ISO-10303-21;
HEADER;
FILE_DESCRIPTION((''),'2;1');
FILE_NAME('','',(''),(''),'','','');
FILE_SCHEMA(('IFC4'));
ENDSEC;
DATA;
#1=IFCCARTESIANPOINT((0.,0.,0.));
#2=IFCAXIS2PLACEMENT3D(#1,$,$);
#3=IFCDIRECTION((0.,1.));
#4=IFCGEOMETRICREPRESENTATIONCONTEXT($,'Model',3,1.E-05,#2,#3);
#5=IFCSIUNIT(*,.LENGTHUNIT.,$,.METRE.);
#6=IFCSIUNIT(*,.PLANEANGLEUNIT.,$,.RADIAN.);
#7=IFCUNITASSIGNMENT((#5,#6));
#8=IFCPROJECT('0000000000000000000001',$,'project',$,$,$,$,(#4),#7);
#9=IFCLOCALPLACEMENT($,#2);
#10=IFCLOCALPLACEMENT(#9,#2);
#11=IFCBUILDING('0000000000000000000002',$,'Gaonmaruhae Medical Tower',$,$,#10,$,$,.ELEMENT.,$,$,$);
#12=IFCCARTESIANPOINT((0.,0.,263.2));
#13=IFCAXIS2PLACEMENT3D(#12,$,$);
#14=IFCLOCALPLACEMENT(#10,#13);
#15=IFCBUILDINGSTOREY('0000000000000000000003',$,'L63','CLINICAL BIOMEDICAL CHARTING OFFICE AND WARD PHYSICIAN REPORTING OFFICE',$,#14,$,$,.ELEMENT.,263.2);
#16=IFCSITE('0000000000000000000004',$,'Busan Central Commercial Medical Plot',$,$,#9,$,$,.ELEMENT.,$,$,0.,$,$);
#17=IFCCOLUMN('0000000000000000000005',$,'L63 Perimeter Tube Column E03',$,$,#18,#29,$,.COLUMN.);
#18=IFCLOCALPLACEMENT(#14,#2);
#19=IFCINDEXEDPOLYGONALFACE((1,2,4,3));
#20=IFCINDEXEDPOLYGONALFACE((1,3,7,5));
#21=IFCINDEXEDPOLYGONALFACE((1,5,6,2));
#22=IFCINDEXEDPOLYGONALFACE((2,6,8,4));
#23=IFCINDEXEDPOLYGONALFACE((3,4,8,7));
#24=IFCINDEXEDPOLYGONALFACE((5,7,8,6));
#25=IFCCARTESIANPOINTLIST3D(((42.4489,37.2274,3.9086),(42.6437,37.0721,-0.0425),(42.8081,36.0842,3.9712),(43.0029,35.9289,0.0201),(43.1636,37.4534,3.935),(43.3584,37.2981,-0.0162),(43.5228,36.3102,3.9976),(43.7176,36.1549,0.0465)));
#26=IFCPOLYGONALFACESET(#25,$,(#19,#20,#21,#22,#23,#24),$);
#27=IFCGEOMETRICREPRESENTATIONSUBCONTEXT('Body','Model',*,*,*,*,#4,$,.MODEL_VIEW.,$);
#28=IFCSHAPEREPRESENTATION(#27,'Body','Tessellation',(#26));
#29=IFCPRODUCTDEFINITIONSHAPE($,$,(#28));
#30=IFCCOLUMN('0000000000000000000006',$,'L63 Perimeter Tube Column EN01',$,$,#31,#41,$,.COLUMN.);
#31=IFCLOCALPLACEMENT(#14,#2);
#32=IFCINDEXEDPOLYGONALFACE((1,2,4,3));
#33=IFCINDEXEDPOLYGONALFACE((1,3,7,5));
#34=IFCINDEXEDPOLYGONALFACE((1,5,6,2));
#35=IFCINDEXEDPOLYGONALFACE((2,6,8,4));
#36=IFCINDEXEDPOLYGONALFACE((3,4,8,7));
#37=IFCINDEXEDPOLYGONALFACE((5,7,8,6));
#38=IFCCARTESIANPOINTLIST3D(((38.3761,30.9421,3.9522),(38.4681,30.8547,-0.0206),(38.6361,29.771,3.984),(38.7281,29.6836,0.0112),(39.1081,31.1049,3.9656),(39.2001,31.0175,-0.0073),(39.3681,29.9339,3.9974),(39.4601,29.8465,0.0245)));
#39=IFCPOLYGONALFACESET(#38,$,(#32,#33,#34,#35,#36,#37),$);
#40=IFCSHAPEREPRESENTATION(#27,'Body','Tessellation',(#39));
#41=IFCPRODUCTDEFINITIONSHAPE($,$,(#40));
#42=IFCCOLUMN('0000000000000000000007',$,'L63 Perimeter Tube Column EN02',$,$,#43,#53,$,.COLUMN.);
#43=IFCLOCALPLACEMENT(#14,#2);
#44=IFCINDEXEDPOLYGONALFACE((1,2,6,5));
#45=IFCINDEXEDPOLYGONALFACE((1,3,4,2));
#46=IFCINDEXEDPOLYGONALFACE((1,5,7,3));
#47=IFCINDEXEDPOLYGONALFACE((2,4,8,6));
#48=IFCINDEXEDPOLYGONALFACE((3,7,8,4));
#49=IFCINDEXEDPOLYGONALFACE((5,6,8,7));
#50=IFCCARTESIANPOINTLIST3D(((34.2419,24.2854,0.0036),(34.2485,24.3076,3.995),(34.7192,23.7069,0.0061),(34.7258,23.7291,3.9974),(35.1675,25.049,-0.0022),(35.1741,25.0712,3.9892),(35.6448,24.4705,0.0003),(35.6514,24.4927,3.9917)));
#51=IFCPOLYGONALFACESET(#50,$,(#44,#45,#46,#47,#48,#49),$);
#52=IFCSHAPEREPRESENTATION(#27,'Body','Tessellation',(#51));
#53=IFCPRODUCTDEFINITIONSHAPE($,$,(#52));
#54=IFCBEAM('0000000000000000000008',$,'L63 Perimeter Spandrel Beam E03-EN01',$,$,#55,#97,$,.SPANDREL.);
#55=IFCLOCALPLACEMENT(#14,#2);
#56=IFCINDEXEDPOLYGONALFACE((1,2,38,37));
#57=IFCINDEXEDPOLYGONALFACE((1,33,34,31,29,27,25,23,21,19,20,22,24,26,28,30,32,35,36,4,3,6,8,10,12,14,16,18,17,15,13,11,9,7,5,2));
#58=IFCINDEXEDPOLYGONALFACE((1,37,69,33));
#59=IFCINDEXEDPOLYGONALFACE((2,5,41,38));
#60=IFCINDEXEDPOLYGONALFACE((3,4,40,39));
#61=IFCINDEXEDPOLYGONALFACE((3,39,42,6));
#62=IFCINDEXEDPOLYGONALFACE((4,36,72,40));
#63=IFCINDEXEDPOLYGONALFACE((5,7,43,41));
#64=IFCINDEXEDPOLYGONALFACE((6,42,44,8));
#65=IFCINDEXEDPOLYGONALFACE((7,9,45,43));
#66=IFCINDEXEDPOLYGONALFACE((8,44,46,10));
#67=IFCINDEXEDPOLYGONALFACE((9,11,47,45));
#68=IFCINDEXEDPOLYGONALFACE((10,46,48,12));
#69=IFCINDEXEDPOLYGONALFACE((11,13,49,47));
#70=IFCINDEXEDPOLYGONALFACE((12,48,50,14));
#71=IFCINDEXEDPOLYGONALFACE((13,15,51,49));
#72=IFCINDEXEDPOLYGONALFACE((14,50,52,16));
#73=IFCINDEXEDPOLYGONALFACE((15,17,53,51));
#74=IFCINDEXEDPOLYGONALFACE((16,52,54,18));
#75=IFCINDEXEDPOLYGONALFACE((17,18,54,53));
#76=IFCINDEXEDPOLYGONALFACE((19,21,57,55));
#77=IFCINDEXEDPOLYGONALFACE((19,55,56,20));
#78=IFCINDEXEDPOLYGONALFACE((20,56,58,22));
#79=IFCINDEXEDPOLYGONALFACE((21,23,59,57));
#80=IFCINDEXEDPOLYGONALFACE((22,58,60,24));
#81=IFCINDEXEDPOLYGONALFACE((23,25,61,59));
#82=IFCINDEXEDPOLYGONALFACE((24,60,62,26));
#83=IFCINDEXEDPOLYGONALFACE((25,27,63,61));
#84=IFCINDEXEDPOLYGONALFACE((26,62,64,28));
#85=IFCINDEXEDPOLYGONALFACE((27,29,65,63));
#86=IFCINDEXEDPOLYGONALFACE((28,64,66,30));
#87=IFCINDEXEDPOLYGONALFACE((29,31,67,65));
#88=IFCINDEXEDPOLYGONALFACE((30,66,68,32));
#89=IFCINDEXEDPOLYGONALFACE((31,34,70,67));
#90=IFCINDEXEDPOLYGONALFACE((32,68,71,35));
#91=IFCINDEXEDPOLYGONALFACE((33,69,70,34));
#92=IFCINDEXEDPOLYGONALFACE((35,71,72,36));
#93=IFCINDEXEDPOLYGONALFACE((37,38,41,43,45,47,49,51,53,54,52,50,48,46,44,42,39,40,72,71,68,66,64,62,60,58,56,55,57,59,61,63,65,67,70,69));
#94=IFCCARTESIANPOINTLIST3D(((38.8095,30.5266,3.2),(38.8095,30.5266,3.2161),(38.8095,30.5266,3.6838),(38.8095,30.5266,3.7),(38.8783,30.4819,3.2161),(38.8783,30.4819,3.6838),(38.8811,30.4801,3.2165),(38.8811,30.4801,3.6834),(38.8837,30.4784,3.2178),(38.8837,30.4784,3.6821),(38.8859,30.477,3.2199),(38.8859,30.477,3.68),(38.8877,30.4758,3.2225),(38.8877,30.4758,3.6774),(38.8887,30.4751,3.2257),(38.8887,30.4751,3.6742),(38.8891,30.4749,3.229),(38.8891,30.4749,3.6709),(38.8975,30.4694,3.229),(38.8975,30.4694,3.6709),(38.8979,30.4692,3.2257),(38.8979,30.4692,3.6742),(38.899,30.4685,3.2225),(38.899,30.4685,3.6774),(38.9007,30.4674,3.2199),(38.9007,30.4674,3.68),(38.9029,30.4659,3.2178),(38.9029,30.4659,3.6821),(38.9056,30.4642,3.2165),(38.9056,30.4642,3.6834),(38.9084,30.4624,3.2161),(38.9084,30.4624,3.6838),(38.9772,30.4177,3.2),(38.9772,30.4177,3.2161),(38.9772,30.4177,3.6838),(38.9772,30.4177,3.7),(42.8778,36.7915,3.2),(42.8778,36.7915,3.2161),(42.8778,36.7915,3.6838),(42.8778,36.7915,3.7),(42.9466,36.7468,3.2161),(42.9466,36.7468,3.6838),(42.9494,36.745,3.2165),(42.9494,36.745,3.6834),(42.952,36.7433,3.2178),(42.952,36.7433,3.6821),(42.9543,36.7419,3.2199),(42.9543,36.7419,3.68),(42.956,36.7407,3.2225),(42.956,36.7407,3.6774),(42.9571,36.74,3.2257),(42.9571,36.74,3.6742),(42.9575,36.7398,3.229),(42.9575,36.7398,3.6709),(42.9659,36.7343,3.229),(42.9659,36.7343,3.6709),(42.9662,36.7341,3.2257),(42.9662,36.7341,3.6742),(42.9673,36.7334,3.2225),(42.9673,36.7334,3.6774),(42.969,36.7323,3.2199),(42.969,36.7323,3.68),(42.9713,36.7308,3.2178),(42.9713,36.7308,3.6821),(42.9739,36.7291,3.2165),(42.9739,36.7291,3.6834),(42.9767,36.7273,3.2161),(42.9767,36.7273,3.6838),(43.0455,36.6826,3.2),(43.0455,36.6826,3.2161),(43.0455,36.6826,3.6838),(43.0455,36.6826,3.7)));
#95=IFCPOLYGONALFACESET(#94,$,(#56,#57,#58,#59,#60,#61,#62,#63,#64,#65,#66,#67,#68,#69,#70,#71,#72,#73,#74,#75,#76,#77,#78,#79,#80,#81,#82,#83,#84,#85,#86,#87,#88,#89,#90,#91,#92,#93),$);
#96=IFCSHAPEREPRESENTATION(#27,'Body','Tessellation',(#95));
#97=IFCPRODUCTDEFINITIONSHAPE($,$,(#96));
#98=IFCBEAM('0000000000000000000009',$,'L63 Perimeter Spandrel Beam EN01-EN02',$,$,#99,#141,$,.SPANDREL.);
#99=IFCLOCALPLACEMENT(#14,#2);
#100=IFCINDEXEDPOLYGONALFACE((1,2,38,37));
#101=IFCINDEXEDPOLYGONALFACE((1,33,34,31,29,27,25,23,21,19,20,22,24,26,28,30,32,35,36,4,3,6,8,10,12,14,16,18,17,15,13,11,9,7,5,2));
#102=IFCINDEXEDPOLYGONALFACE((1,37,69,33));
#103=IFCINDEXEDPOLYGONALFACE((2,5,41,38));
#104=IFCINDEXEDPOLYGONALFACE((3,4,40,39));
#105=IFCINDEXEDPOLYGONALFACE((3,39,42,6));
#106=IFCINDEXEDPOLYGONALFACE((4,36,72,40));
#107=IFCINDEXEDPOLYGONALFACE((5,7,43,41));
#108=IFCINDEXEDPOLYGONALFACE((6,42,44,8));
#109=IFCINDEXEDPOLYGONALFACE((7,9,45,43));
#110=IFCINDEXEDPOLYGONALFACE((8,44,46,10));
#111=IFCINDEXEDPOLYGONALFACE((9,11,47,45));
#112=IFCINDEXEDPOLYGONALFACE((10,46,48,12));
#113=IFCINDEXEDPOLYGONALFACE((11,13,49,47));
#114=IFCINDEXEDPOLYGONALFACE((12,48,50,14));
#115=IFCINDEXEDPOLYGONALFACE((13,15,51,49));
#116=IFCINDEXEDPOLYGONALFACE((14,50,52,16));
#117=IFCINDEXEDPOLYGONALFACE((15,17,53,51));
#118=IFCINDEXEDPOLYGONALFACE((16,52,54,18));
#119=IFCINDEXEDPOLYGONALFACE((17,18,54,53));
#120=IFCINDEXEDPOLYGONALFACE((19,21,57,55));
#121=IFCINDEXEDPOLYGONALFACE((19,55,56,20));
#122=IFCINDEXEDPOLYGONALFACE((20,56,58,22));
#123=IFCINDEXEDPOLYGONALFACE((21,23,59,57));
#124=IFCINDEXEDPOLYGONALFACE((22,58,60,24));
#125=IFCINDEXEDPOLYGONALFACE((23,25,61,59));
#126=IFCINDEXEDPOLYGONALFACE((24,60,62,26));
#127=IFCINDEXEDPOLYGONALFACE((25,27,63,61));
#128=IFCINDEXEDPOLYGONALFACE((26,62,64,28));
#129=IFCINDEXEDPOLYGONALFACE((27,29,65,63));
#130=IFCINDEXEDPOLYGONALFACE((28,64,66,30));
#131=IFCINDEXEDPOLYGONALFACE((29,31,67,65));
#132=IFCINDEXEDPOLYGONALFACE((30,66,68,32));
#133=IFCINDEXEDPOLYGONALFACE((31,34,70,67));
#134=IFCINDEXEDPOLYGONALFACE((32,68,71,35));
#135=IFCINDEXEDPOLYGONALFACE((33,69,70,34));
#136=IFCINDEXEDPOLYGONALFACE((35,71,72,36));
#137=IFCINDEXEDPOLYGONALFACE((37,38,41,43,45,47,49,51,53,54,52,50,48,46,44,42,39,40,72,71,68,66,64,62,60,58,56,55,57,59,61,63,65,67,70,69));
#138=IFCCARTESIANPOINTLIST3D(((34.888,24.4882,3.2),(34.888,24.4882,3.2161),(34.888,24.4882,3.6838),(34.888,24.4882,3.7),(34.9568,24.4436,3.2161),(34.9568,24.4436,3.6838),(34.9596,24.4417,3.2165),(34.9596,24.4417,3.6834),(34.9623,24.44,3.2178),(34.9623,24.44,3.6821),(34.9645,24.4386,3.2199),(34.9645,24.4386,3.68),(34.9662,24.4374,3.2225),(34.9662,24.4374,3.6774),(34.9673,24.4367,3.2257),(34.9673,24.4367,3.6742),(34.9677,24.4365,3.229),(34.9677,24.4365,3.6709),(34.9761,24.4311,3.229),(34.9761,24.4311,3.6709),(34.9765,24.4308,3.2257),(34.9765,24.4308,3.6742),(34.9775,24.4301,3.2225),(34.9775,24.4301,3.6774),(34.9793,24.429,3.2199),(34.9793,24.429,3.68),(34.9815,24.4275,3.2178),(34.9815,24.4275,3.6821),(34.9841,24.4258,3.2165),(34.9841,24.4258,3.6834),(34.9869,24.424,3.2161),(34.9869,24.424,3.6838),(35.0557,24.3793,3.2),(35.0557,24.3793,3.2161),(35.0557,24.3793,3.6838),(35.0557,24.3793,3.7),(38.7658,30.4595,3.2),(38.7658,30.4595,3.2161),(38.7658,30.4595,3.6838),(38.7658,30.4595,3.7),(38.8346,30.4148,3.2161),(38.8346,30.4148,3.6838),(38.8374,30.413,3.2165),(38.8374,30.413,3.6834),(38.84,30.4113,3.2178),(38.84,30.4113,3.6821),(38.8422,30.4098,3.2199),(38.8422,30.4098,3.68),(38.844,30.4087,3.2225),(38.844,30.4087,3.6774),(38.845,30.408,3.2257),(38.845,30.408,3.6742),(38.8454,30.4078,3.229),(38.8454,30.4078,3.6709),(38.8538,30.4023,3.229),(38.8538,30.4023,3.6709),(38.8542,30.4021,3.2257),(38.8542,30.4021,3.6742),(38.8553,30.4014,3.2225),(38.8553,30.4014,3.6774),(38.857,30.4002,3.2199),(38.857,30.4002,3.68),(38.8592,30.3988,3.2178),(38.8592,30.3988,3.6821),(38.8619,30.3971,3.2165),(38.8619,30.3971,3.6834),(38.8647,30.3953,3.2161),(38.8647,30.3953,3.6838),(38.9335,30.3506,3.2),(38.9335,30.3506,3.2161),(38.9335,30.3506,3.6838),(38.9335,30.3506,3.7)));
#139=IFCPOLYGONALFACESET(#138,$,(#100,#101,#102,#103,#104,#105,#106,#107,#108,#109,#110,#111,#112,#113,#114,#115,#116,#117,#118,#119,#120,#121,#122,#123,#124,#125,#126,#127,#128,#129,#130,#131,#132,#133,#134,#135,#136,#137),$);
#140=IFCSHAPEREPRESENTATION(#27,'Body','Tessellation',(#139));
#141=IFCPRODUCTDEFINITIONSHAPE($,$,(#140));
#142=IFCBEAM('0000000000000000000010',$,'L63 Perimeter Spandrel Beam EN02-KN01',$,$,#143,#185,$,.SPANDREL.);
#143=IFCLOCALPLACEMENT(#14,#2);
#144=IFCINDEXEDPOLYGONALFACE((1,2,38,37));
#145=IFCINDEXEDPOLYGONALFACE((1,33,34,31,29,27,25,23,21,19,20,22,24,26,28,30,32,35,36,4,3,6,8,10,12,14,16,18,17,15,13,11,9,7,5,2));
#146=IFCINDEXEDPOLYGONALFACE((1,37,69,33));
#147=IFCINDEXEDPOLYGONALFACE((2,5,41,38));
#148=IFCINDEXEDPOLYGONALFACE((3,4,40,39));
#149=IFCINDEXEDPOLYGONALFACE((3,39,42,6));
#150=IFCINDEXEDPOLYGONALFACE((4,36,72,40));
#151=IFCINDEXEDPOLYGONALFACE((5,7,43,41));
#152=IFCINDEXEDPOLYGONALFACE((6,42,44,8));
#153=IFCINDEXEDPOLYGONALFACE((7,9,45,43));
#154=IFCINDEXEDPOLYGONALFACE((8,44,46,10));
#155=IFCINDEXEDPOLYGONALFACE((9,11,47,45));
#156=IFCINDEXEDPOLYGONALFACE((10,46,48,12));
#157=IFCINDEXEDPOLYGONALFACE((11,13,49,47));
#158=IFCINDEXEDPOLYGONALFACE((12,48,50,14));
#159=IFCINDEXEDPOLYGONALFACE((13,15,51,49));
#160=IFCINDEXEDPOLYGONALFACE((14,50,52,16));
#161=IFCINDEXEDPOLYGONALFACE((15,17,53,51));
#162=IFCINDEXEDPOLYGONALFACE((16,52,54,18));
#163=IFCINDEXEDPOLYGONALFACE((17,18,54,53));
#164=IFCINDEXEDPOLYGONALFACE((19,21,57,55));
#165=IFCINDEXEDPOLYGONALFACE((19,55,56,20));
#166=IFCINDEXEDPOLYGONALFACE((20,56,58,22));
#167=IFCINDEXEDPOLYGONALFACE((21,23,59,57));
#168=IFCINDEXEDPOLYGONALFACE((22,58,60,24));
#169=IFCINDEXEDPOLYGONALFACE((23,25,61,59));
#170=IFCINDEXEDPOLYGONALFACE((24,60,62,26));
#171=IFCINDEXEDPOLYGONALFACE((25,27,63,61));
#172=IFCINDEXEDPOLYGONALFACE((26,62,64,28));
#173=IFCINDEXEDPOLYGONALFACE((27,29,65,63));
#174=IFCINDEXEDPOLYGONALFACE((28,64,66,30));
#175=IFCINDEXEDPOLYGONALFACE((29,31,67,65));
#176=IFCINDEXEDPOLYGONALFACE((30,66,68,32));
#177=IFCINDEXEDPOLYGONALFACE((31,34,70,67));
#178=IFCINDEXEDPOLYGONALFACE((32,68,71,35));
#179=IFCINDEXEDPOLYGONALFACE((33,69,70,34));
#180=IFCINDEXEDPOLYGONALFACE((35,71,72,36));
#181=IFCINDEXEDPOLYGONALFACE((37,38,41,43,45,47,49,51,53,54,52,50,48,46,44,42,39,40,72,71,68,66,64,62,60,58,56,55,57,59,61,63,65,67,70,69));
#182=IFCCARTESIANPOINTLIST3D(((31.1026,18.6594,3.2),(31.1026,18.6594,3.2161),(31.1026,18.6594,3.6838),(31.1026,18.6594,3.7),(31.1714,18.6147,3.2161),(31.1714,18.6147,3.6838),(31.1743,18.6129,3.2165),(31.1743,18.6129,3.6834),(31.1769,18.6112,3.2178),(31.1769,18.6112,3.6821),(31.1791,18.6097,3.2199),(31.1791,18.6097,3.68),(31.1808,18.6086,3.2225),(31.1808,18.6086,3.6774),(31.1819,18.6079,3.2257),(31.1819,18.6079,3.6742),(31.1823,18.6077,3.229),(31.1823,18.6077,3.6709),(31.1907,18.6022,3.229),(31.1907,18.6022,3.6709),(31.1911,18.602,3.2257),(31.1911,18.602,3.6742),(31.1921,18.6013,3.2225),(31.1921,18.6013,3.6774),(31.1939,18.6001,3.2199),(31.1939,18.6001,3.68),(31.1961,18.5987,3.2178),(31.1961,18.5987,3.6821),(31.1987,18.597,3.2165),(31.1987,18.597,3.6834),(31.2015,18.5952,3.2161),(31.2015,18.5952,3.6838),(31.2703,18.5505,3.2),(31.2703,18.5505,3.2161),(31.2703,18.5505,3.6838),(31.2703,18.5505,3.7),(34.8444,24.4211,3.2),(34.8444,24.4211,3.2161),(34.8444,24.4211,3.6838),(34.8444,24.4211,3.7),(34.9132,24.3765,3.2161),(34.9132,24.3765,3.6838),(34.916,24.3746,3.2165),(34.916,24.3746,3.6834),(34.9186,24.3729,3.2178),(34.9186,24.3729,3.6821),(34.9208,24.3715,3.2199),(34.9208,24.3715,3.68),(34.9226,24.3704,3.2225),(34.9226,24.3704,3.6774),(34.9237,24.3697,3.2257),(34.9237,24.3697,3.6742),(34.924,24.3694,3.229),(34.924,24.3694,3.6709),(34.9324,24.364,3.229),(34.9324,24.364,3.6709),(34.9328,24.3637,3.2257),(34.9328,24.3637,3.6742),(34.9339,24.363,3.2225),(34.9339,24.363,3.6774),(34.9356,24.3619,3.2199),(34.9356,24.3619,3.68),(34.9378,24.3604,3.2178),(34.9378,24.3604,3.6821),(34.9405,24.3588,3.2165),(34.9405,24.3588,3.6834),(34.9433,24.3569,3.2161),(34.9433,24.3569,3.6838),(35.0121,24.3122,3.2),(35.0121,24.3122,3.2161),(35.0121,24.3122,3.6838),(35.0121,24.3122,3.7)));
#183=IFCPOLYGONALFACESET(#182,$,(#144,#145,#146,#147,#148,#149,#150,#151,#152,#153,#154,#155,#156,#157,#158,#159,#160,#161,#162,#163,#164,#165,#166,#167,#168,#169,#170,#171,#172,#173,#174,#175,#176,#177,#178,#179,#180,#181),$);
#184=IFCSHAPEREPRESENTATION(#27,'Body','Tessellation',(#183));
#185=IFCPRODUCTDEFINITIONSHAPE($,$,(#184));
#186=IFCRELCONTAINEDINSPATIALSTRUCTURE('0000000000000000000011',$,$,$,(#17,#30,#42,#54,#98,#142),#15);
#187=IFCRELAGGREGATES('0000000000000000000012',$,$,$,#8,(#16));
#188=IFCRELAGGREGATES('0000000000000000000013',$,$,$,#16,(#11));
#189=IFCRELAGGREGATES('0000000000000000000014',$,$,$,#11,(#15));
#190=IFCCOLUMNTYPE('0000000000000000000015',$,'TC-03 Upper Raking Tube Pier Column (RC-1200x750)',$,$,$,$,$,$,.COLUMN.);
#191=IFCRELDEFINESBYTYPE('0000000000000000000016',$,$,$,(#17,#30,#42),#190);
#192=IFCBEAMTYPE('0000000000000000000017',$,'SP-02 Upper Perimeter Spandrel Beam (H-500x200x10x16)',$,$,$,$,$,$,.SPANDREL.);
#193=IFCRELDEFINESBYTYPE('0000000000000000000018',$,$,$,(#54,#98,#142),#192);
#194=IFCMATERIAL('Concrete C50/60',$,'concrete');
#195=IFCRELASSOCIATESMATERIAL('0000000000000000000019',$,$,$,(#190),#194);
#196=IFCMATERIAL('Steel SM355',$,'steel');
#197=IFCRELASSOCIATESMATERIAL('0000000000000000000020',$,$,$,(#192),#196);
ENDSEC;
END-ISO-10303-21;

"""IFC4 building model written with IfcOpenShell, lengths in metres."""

from ifc_helpers import new_model, si_unit, direction, frame, origin, origin_2d, place, context, subcontext, project, spatial, rectangle, i_section, extrude, material, material_profile, profile_set, type_object, element, save


model = new_model("IFC4")

# Units and contexts
model_context = context("Model", 3, precision=1e-05, world=origin(), true_north=direction((0.0, 1.0)))
body_context = subcontext(model_context, "Body", "Model", "MODEL_VIEW")
ifc_project = project(units=[si_unit("LENGTHUNIT", "METRE"), si_unit("PLANEANGLEUNIT", "RADIAN")], contexts=[model_context])

# Site, building, storey
site_placement = place(None, origin())
site = spatial("IfcSite", under=ifc_project, at=site_placement, Name="Busan Central Commercial Medical Plot", CompositionType="ELEMENT", RefElevation=0.0)
building_placement = place(site_placement, origin())
building = spatial("IfcBuilding", under=site, at=building_placement, Name="Gaonmaruhae Medical Tower", CompositionType="ELEMENT")
storey_placement = place(building_placement, frame((0.0, 0.0, 263.2)))
storey = spatial("IfcBuildingStorey", under=building, at=storey_placement, Name="L63", Description="CLINICAL BIOMEDICAL CHARTING OFFICE AND WARD PHYSICIAN REPORTING OFFICE", CompositionType="ELEMENT", Elevation=263.2)

# Columns
ifc_material_1 = material(Name="Concrete C50/60", Category="concrete")
ifc_material_profile_1 = material_profile(ifc_material_1, rectangle(XDim=1.2, YDim=0.75, at=origin_2d()), Name="RC-1200x750")
ifc_profile_set_1 = profile_set([ifc_material_profile_1], Name="Concrete C50/60")
column_type = type_object("IfcColumnType", Name="TC-03 Upper Raking Tube Pier Column (RC-1200x750)", PredefinedType="COLUMN", material=ifc_profile_set_1)
column_1_placement = place(storey_placement, frame((43.1807, 36.6135, 0.002), z_axis=(-0.04921, 0.03922, 0.998018), x_axis=(0.299344, -0.952716, 0.0522)))
element("IfcColumn", 1, at=column_1_placement, inside=storey, type_object=column_type, Name="L63 Perimeter Tube Column E03", PredefinedType="COLUMN", context=body_context, shape_type="SweptSolid", body=[
    extrude(rectangle(XDim=1.2, YDim=0.75, at=origin_2d()), origin(), (0.0, 0.0, 1.0), 3.959),
])
column_2_placement = place(storey_placement, frame((38.9641, 30.3506, 0.002), z_axis=(-0.023155, 0.021988, 0.99949), x_axis=(0.216657, -0.975888, 0.026489)))
element("IfcColumn", 2, at=column_2_placement, inside=storey, type_object=column_type, Name="L63 Perimeter Tube Column EN01", PredefinedType="COLUMN", context=body_context, shape_type="SweptSolid", body=[
    extrude(rectangle(XDim=1.2, YDim=0.75, at=origin_2d()), origin(), (0.0, 0.0, 1.0), 3.9749),
])
column_3_placement = place(storey_placement, frame((34.9434, 24.3779, 0.002), z_axis=(0.001651, 0.005566, 0.999983), x_axis=(-0.771352, -0.636391, 0.004816)))
element("IfcColumn", 3, at=column_3_placement, inside=storey, type_object=column_type, Name="L63 Perimeter Tube Column EN02", PredefinedType="COLUMN", context=body_context, shape_type="SweptSolid", body=[
    extrude(rectangle(XDim=1.2, YDim=0.75, at=origin_2d()), origin(), (0.0, 0.0, 1.0), 3.9915),
])

# Beams
ifc_material_2 = material(Name="Steel SM355", Category="steel")
ifc_material_profile_2 = material_profile(ifc_material_2, i_section(OverallWidth=0.2, OverallDepth=0.5, WebThickness=0.01, FlangeThickness=0.0161, FilletRadius=0.0129, at=origin_2d()), Name="H-500x200x10x16")
ifc_profile_set_2 = profile_set([ifc_material_profile_2], Name="Steel SM355")
beam_type = type_object("IfcBeamType", Name="SP-02 Upper Perimeter Spandrel Beam (H-500x200x10x16)", PredefinedType="SPANDREL", material=ifc_profile_set_2)
beam_1_placement = place(storey_placement, frame((42.9617, 36.7371, 3.45), z_axis=(-0.544629, -0.838677, 0.0), x_axis=(0.838677, -0.544629, 0.0)))
element("IfcBeam", 4, at=beam_1_placement, inside=storey, type_object=beam_type, Name="L63 Perimeter Spandrel Beam E03-EN01", PredefinedType="SPANDREL", context=body_context, shape_type="SweptSolid", body=[
    extrude(i_section(OverallWidth=0.2, OverallDepth=0.5, WebThickness=0.01, FlangeThickness=0.0161, FilletRadius=0.0129, at=origin_2d()), origin(), (0.0, 0.0, 1.0), 7.47),
])
beam_2_placement = place(storey_placement, frame((38.8496, 30.405, 3.45), z_axis=(-0.544634, -0.838674, 0.0), x_axis=(0.838674, -0.544634, 0.0)))
element("IfcBeam", 5, at=beam_2_placement, inside=storey, type_object=beam_type, Name="L63 Perimeter Spandrel Beam EN01-EN02", PredefinedType="SPANDREL", context=body_context, shape_type="SweptSolid", body=[
    extrude(i_section(OverallWidth=0.2, OverallDepth=0.5, WebThickness=0.01, FlangeThickness=0.0161, FilletRadius=0.0129, at=origin_2d()), origin(), (0.0, 0.0, 1.0), 7.1199),
])
beam_3_placement = place(storey_placement, frame((34.9282, 24.3667, 3.45), z_axis=(-0.544639, -0.838671, 0.0), x_axis=(0.838671, -0.544639, 0.0)))
element("IfcBeam", 6, at=beam_3_placement, inside=storey, type_object=beam_type, Name="L63 Perimeter Spandrel Beam EN02-KN01", PredefinedType="SPANDREL", context=body_context, shape_type="SweptSolid", body=[
    extrude(i_section(OverallWidth=0.2, OverallDepth=0.5, WebThickness=0.01, FlangeThickness=0.0161, FilletRadius=0.0129, at=origin_2d()), origin(), (0.0, 0.0, 1.0), 6.8701),
])

save(model, "model.ifc")
